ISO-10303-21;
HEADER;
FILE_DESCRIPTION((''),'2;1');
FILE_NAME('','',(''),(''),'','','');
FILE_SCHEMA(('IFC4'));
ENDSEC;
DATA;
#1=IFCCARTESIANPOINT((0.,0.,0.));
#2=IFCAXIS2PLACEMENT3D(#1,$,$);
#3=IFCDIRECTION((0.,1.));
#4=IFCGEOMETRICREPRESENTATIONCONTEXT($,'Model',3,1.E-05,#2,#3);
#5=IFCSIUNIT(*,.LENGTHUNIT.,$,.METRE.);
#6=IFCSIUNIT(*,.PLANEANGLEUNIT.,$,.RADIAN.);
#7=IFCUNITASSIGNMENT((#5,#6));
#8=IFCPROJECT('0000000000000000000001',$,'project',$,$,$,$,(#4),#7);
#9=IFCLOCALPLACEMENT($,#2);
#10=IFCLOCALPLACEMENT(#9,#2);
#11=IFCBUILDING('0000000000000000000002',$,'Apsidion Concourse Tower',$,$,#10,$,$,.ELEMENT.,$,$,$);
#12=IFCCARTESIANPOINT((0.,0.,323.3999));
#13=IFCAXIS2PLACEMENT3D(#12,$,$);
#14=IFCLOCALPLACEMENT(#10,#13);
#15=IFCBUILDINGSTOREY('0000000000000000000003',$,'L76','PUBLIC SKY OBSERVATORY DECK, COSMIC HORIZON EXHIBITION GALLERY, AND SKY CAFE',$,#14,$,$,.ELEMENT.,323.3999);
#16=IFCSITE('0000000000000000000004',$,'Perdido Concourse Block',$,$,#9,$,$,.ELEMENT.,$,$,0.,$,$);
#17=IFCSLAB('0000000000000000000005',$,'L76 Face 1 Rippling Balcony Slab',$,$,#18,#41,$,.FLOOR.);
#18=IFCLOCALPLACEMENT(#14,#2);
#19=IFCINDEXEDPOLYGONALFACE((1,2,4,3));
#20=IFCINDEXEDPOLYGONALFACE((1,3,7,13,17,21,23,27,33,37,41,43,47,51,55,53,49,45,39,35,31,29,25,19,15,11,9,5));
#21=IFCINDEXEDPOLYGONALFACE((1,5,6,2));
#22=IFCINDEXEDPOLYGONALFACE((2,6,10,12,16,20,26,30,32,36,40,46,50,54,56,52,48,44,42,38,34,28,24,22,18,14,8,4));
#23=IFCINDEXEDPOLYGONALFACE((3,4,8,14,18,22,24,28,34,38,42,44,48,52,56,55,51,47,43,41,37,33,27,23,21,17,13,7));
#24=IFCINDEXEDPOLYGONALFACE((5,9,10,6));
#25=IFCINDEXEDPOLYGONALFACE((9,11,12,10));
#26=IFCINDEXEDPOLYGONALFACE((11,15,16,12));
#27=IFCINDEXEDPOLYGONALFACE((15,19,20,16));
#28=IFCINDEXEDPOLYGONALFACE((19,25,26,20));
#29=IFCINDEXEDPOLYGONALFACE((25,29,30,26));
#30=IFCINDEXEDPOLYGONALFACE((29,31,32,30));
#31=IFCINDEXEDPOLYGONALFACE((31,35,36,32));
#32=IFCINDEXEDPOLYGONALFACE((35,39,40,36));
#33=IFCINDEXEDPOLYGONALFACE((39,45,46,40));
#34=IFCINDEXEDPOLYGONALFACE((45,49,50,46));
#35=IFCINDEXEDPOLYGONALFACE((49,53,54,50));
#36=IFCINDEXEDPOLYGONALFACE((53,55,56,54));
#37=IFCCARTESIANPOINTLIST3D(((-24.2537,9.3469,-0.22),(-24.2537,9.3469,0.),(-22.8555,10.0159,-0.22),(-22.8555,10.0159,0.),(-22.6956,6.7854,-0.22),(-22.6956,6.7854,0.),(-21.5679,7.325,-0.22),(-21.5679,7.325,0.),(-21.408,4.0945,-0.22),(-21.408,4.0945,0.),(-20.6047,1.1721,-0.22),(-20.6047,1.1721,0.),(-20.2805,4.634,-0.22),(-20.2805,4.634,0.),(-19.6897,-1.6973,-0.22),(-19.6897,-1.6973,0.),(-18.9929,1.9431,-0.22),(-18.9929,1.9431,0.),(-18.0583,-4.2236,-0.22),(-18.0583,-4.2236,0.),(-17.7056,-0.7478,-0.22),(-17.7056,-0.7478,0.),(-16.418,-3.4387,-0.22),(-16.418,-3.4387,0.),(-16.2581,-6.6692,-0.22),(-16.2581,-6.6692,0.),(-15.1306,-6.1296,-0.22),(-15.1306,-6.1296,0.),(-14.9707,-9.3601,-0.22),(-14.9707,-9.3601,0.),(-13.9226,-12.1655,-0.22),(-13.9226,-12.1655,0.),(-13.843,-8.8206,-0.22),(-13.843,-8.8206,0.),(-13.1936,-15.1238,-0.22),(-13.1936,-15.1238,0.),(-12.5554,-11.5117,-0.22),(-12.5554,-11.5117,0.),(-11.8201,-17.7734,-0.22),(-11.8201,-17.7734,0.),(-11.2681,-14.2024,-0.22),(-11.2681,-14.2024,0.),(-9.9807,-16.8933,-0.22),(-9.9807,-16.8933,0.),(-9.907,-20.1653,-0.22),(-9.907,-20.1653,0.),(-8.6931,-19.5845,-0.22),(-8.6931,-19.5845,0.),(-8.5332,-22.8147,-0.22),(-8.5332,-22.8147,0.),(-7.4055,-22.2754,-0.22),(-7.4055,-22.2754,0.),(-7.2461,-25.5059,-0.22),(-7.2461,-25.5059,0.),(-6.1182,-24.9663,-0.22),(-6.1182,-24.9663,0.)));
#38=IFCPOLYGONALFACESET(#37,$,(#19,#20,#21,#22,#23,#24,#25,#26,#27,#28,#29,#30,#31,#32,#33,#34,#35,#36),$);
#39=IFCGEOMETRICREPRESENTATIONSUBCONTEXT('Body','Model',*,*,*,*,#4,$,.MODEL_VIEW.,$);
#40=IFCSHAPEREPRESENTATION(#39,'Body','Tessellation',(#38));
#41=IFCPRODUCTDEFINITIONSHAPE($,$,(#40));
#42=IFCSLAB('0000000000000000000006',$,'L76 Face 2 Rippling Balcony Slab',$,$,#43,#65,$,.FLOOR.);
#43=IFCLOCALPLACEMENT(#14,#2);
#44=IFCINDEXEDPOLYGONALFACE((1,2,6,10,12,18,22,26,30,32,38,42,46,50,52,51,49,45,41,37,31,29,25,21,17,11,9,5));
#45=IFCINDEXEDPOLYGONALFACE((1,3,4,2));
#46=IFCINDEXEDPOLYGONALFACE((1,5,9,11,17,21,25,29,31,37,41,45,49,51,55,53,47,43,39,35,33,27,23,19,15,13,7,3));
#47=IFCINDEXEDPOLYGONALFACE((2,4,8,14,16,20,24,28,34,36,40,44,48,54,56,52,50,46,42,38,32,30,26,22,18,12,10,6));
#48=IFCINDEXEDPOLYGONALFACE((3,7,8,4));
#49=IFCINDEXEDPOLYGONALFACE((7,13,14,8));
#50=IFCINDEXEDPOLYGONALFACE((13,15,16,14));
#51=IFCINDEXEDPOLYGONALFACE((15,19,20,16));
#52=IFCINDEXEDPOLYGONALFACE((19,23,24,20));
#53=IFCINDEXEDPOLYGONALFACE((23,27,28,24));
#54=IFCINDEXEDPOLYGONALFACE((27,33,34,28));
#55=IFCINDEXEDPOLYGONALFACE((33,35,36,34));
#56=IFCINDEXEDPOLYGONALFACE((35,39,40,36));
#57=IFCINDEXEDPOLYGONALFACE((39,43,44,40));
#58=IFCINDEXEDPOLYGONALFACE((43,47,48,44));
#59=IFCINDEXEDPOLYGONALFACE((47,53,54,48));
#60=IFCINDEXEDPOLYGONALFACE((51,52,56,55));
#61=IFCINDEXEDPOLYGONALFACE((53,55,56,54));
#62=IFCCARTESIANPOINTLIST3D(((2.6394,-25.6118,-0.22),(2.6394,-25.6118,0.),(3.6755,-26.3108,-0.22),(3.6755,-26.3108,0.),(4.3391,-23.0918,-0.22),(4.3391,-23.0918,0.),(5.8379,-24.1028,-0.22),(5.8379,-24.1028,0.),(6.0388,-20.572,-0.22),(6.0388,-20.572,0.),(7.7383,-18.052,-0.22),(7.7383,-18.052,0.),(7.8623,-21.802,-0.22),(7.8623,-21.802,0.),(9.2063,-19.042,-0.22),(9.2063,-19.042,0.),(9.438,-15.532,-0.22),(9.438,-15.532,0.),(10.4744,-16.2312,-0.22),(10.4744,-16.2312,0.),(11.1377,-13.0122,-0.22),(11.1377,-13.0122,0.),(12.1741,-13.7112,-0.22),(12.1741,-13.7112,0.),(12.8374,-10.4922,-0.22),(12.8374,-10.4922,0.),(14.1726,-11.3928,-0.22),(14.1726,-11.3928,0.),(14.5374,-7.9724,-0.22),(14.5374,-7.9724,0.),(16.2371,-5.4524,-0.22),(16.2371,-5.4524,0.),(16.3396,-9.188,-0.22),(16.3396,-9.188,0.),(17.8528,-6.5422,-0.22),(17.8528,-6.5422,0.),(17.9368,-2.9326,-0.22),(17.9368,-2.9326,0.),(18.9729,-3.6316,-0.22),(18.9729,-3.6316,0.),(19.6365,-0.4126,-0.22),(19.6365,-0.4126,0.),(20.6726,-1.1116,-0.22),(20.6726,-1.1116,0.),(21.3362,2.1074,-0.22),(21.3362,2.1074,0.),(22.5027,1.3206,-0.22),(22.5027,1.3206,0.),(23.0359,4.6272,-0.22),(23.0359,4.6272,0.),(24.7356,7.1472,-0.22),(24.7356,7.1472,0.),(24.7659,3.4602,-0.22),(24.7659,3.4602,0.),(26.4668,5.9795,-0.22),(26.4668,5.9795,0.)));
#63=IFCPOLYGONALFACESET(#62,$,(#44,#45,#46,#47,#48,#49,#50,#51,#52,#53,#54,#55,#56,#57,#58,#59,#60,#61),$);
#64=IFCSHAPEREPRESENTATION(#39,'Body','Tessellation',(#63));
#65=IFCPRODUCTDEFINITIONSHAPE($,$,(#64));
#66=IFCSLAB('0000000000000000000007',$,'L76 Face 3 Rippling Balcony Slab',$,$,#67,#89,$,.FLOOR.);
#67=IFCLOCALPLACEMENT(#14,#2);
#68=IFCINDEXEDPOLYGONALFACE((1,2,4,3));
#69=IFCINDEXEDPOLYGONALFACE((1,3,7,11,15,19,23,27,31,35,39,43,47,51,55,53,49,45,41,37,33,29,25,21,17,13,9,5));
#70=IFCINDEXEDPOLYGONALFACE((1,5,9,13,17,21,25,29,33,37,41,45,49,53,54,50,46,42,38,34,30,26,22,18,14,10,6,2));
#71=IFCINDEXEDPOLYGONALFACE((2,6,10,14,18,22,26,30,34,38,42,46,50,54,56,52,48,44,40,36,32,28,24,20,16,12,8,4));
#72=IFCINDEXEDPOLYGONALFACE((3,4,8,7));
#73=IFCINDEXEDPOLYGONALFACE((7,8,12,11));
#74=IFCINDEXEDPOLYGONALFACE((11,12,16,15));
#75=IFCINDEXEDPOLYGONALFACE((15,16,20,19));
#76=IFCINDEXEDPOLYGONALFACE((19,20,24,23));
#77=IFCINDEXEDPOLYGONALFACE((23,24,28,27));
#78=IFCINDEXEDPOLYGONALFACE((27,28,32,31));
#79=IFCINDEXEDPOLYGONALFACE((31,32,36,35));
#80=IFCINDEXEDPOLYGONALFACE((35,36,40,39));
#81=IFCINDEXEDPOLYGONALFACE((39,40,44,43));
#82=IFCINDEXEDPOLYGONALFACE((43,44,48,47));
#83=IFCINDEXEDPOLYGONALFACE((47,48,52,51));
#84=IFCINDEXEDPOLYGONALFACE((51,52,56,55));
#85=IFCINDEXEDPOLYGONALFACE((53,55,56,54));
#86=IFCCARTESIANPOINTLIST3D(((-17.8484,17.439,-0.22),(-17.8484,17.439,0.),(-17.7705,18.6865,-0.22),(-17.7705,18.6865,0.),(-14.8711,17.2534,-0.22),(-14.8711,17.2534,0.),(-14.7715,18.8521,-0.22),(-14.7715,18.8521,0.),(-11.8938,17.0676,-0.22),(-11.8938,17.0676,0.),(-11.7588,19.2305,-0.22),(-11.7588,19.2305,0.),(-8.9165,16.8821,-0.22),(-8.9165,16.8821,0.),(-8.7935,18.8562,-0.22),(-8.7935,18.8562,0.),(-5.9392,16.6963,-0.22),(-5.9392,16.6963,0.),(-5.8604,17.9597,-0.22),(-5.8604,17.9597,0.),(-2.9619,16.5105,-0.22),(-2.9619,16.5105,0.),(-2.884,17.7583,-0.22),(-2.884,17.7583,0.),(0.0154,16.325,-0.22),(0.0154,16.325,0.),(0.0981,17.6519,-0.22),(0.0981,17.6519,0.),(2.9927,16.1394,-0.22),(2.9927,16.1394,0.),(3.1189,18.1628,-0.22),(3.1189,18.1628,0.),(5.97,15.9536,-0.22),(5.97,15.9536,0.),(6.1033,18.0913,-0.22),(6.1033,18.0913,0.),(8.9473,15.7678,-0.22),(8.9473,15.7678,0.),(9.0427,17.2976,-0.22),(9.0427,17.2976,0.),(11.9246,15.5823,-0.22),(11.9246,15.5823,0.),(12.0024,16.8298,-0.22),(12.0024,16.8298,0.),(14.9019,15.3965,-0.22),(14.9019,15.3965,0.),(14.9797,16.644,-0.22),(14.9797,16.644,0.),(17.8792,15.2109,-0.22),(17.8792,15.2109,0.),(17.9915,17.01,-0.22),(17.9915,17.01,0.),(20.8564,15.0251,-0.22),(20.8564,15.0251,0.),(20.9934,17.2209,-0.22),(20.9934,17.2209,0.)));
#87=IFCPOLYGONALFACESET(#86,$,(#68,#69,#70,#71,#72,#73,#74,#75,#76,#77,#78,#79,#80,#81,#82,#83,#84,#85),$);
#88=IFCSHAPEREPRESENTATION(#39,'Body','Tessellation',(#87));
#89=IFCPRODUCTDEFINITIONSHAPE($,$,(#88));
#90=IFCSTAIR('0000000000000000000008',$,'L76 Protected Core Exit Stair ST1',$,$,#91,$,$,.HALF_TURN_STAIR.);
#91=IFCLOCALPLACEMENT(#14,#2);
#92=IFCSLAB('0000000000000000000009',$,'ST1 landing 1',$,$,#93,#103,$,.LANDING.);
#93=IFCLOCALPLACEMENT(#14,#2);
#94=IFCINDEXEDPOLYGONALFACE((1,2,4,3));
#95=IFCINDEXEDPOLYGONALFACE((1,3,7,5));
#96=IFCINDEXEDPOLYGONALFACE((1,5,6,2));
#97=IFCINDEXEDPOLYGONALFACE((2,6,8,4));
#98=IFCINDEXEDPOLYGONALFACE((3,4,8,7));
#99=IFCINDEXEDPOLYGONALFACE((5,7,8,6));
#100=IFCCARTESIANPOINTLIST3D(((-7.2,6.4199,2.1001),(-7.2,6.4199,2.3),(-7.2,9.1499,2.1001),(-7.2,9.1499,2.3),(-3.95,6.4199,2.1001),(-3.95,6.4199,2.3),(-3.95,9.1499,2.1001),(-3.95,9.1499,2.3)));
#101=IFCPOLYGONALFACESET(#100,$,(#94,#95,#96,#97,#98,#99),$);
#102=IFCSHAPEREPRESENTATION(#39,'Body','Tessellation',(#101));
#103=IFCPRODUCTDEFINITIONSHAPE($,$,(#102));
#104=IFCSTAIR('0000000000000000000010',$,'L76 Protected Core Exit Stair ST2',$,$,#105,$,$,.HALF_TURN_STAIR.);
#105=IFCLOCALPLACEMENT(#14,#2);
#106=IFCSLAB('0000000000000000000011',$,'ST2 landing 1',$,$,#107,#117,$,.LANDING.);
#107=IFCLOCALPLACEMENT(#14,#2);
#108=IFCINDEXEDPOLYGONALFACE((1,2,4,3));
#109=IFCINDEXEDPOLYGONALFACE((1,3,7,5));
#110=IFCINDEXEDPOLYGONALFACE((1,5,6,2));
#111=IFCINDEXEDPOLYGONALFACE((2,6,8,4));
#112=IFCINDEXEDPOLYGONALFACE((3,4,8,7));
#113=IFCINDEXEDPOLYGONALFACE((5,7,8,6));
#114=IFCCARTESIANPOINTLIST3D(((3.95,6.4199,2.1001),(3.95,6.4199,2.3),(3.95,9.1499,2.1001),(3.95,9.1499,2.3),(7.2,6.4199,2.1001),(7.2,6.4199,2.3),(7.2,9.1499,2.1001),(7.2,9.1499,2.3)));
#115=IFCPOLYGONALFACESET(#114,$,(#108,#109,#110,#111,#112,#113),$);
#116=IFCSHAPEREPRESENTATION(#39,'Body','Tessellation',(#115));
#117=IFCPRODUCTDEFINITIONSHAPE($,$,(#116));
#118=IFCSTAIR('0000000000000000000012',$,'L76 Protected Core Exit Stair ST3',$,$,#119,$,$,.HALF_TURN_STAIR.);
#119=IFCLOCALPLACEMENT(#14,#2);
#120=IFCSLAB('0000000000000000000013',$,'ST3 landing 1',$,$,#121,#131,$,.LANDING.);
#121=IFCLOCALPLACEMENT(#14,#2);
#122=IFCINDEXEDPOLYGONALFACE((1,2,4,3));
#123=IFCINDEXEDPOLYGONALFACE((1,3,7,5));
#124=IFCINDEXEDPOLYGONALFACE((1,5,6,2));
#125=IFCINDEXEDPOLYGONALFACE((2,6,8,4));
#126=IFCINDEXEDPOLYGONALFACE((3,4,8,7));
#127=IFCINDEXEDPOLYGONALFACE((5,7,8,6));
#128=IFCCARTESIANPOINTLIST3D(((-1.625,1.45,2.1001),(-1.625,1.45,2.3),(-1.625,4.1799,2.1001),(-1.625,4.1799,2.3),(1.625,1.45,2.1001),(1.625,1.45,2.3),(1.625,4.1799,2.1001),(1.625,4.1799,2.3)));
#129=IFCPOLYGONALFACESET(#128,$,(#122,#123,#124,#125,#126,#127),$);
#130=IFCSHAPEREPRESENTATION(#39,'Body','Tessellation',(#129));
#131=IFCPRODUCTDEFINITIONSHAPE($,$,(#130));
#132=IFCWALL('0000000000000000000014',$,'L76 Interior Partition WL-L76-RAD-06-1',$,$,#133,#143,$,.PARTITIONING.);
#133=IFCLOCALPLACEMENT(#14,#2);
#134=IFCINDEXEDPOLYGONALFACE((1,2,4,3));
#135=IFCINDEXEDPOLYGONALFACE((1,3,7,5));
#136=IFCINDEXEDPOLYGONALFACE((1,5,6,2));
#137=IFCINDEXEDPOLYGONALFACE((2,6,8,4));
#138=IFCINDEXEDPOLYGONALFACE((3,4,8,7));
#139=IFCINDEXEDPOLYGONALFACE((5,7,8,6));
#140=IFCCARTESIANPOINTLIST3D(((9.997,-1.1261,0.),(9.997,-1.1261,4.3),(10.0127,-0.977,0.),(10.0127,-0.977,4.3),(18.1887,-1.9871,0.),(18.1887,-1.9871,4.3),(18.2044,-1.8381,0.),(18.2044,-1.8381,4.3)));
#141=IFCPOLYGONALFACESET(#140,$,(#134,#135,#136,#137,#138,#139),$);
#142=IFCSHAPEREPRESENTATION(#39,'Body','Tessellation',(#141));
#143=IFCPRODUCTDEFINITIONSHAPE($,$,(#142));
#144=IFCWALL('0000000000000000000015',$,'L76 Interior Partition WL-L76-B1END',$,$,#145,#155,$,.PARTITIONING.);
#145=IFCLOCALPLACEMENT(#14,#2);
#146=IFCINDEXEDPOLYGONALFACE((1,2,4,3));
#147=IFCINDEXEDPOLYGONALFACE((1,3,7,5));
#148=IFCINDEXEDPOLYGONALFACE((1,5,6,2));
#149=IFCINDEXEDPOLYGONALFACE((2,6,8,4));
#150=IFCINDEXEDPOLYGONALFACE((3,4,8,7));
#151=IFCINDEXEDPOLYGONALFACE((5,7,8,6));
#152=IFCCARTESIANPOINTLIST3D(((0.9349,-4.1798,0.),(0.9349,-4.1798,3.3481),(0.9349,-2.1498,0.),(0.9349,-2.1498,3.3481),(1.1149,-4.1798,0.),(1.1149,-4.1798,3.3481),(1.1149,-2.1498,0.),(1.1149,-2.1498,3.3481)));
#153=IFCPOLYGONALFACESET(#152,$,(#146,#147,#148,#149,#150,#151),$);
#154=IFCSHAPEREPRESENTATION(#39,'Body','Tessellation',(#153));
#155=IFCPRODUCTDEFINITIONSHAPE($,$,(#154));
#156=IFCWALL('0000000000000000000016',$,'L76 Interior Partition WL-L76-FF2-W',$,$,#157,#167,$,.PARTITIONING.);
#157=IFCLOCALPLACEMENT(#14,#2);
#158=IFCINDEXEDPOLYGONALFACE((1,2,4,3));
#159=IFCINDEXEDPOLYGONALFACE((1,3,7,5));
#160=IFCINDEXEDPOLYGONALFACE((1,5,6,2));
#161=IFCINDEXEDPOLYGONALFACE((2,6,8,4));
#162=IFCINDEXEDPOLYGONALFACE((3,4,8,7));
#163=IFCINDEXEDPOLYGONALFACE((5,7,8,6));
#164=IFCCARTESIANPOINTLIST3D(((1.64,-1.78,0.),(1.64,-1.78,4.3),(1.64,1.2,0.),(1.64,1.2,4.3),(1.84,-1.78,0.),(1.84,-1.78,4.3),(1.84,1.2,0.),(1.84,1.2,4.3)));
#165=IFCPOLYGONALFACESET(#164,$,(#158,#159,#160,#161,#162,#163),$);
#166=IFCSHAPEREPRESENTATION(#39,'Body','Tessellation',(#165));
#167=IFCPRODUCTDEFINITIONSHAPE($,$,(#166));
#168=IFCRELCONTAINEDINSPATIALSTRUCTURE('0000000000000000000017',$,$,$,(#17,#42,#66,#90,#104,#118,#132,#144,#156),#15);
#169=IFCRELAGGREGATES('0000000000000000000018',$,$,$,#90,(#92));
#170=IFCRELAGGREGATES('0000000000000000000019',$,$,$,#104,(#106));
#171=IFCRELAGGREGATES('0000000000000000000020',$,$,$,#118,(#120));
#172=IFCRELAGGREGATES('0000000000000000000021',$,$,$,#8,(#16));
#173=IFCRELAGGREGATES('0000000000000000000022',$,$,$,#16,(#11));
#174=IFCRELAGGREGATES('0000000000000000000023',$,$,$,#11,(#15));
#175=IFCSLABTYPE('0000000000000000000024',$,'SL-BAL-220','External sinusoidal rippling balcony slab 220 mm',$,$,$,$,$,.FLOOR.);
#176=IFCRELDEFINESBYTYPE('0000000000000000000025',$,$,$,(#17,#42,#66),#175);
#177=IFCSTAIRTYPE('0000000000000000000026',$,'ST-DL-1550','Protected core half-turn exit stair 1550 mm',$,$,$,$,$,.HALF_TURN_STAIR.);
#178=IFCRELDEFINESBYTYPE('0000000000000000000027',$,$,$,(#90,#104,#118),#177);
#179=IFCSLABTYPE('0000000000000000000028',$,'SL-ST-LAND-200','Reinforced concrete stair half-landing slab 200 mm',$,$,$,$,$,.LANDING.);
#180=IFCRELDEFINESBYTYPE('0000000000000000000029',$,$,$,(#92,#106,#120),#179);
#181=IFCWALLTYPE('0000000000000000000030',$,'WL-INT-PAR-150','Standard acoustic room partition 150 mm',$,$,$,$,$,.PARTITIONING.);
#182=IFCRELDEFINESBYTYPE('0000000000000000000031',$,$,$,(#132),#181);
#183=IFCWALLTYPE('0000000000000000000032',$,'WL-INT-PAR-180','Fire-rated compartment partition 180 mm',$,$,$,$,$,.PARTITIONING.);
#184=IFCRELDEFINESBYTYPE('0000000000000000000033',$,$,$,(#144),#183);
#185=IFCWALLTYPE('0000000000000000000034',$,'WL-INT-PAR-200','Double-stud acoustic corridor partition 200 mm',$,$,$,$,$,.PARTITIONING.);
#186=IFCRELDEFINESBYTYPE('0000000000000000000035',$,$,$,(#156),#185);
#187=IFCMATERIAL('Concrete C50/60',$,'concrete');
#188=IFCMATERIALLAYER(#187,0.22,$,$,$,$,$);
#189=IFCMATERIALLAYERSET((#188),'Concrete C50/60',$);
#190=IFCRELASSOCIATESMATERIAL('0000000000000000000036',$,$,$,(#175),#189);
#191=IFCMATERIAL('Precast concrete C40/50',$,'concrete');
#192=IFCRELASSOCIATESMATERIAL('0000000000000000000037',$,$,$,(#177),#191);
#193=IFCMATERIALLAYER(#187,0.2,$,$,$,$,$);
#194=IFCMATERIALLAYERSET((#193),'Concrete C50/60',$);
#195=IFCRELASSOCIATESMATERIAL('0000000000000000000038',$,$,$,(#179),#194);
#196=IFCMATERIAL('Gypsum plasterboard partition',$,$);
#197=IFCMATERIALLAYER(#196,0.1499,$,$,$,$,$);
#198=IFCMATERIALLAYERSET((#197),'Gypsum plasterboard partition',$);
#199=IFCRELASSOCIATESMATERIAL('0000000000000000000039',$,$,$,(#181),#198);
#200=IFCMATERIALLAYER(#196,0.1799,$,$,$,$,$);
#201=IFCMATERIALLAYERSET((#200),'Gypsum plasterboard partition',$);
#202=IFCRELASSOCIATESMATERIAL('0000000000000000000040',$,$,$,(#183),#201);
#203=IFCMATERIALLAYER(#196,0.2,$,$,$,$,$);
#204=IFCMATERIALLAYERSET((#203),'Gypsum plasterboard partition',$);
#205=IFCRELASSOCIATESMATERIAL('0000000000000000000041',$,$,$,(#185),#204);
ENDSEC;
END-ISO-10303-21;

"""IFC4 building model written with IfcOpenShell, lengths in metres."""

from ifc_helpers import new_model, si_unit, direction, frame, frame_2d, origin, place, context, subcontext, project, spatial, polyline, rectangle, outline, extrude, material, layer, layer_set, type_object, element, aggregate, save


model = new_model("IFC4")

# Units and contexts
model_context = context("Model", 3, precision=1e-05, world=origin(), true_north=direction((0.0, 1.0)))
body_context = subcontext(model_context, "Body", "Model", "MODEL_VIEW")
ifc_project = project(units=[si_unit("LENGTHUNIT", "METRE"), si_unit("PLANEANGLEUNIT", "RADIAN")], contexts=[model_context])

# Site, building, storey
site_placement = place(None, origin())
site = spatial("IfcSite", under=ifc_project, at=site_placement, Name="Perdido Concourse Block", CompositionType="ELEMENT", RefElevation=0.0)
building_placement = place(site_placement, origin())
building = spatial("IfcBuilding", under=site, at=building_placement, Name="Apsidion Concourse Tower", CompositionType="ELEMENT")
storey_placement = place(building_placement, frame((0.0, 0.0, 323.3999)))
storey = spatial("IfcBuildingStorey", under=building, at=storey_placement, Name="L76", Description="PUBLIC SKY OBSERVATORY DECK, COSMIC HORIZON EXHIBITION GALLERY, AND SKY CAFE", CompositionType="ELEMENT", Elevation=323.3999)

# Shared definitions
ifc_material_1 = material(Name="Concrete C50/60", Category="concrete")

# Slabs
ifc_layer_1 = layer(ifc_material_1, 0.22)
ifc_layer_set_1 = layer_set([ifc_layer_1], Name="Concrete C50/60")
slab_type_1 = type_object("IfcSlabType", Name="SL-BAL-220", Description="External sinusoidal rippling balcony slab 220 mm", PredefinedType="FLOOR", material=ifc_layer_set_1)
slab_1_placement = place(storey_placement, frame((0.0, 0.0, -0.22)))
element("IfcSlab", 1, at=slab_1_placement, inside=storey, type_object=slab_type_1, Name="L76 Face 1 Rippling Balcony Slab", PredefinedType="FLOOR", context=body_context, shape_type="SweptSolid", body=[
    extrude(outline(polyline([(-22.8555, 10.0159), (-21.5679, 7.325), (-20.2805, 4.634), (-18.9929, 1.9431), (-17.7056, -0.7478), (-16.418, -3.4387), (-15.1306, -6.1296), (-13.843, -8.8206), (-12.5554, -11.5117), (-11.2681, -14.2024), (-9.9807, -16.8933), (-8.6931, -19.5845), (-7.4055, -22.2754), (-6.1182, -24.9663), (-7.2461, -25.5059), (-8.5332, -22.8147), (-9.907, -20.1653), (-11.8201, -17.7734), (-13.1936, -15.1238), (-13.9226, -12.1655), (-14.9707, -9.3601), (-16.2581, -6.6692), (-18.0583, -4.2236), (-19.6897, -1.6973), (-20.6047, 1.1721), (-21.408, 4.0945), (-22.6956, 6.7854), (-24.2537, 9.3469), (-22.8555, 10.0159)])), origin(), (0.0, 0.0, 1.0), 0.22),
])
slab_2_placement = place(storey_placement, frame((0.0, 0.0, -0.22)))
element("IfcSlab", 2, at=slab_2_placement, inside=storey, type_object=slab_type_1, Name="L76 Face 2 Rippling Balcony Slab", PredefinedType="FLOOR", context=body_context, shape_type="SweptSolid", body=[
    extrude(outline(polyline([(2.6394, -25.6118), (4.3391, -23.0918), (6.0388, -20.572), (7.7383, -18.052), (9.438, -15.532), (11.1377, -13.0122), (12.8374, -10.4922), (14.5374, -7.9724), (16.2371, -5.4524), (17.9368, -2.9326), (19.6365, -0.4126), (21.3362, 2.1074), (23.0359, 4.6272), (24.7356, 7.1472), (26.4668, 5.9795), (24.7659, 3.4602), (22.5027, 1.3206), (20.6726, -1.1116), (18.9729, -3.6316), (17.8528, -6.5422), (16.3396, -9.188), (14.1726, -11.3928), (12.1741, -13.7112), (10.4744, -16.2312), (9.2063, -19.042), (7.8623, -21.802), (5.8379, -24.1028), (3.6755, -26.3108), (2.6394, -25.6118)])), origin(), (0.0, 0.0, 1.0), 0.22),
])
slab_3_placement = place(storey_placement, frame((0.0, 0.0, -0.22)))
element("IfcSlab", 3, at=slab_3_placement, inside=storey, type_object=slab_type_1, Name="L76 Face 3 Rippling Balcony Slab", PredefinedType="FLOOR", context=body_context, shape_type="SweptSolid", body=[
    extrude(outline(polyline([(20.8564, 15.0251), (17.8792, 15.2109), (14.9019, 15.3965), (11.9246, 15.5823), (8.9473, 15.7678), (5.97, 15.9536), (2.9927, 16.1394), (0.0154, 16.325), (-2.9619, 16.5105), (-5.9392, 16.6963), (-8.9165, 16.8821), (-11.8938, 17.0676), (-14.8711, 17.2534), (-17.8484, 17.439), (-17.7705, 18.6865), (-14.7715, 18.8521), (-11.7588, 19.2305), (-8.7935, 18.8562), (-5.8604, 17.9597), (-2.884, 17.7583), (0.0981, 17.6519), (3.1189, 18.1628), (6.1033, 18.0913), (9.0427, 17.2976), (12.0024, 16.8298), (14.9797, 16.644), (17.9915, 17.01), (20.9934, 17.2209), (20.8564, 15.0251)])), origin(), (0.0, 0.0, 1.0), 0.22),
])

# Stairs, slabs
ifc_material_2 = material(Name="Precast concrete C40/50", Category="concrete")
stair_type = type_object("IfcStairType", Name="ST-DL-1550", Description="Protected core half-turn exit stair 1550 mm", PredefinedType="HALF_TURN_STAIR", material=ifc_material_2)
stair_1_placement = place(storey_placement, origin())
stair_1 = element("IfcStair", 4, at=stair_1_placement, inside=storey, type_object=stair_type, Name="L76 Protected Core Exit Stair ST1", PredefinedType="HALF_TURN_STAIR")
ifc_layer_2 = layer(ifc_material_1, 0.2)
ifc_layer_set_2 = layer_set([ifc_layer_2], Name="Concrete C50/60")
slab_type_2 = type_object("IfcSlabType", Name="SL-ST-LAND-200", Description="Reinforced concrete stair half-landing slab 200 mm", PredefinedType="LANDING", material=ifc_layer_set_2)
slab_4_placement = place(storey_placement, frame((0.0, 0.0, 2.1001)))
slab_4 = element("IfcSlab", 5, at=slab_4_placement, type_object=slab_type_2, Name="ST1 landing 1", PredefinedType="LANDING", context=body_context, shape_type="SweptSolid", body=[
    extrude(outline(polyline([(-3.95, 6.4199), (-3.95, 9.1499), (-7.2, 9.1499), (-7.2, 6.4199), (-3.95, 6.4199)])), origin(), (0.0, 0.0, 1.0), 0.2),
])
aggregate(stair_1, [slab_4])
stair_2_placement = place(storey_placement, origin())
stair_2 = element("IfcStair", 6, at=stair_2_placement, inside=storey, type_object=stair_type, Name="L76 Protected Core Exit Stair ST2", PredefinedType="HALF_TURN_STAIR")
slab_5_placement = place(storey_placement, frame((0.0, 0.0, 2.1001)))
slab_5 = element("IfcSlab", 7, at=slab_5_placement, type_object=slab_type_2, Name="ST2 landing 1", PredefinedType="LANDING", context=body_context, shape_type="SweptSolid", body=[
    extrude(outline(polyline([(7.2, 6.4199), (7.2, 9.1499), (3.95, 9.1499), (3.95, 6.4199), (7.2, 6.4199)])), origin(), (0.0, 0.0, 1.0), 0.2),
])
aggregate(stair_2, [slab_5])
stair_3_placement = place(storey_placement, origin())
stair_3 = element("IfcStair", 8, at=stair_3_placement, inside=storey, type_object=stair_type, Name="L76 Protected Core Exit Stair ST3", PredefinedType="HALF_TURN_STAIR")
slab_6_placement = place(storey_placement, frame((0.0, 0.0, 2.1001)))
slab_6 = element("IfcSlab", 9, at=slab_6_placement, type_object=slab_type_2, Name="ST3 landing 1", PredefinedType="LANDING", context=body_context, shape_type="SweptSolid", body=[
    extrude(outline(polyline([(-1.625, 4.1799), (-1.625, 1.45), (1.625, 1.45), (1.625, 4.1799), (-1.625, 4.1799)])), origin(), (0.0, 0.0, 1.0), 0.2),
])
aggregate(stair_3, [slab_6])

# Walls
ifc_material_3 = material(Name="Gypsum plasterboard partition")
ifc_layer_3 = layer(ifc_material_3, 0.1499)
ifc_layer_set_3 = layer_set([ifc_layer_3], Name="Gypsum plasterboard partition")
wall_type_1 = type_object("IfcWallType", Name="WL-INT-PAR-150", Description="Standard acoustic room partition 150 mm", PredefinedType="PARTITIONING", material=ifc_layer_set_3)
wall_1_placement = place(storey_placement, frame((10.0049, -1.0515, 0.0), z_axis=(0.0, 0.0, 1.0), x_axis=(0.994521, -0.104541, 0.0)))
element("IfcWall", 10, at=wall_1_placement, inside=storey, type_object=wall_type_1, Name="L76 Interior Partition WL-L76-RAD-06-1", PredefinedType="PARTITIONING", context=body_context, shape_type="SweptSolid", body=[
    extrude(rectangle(XDim=8.2368, YDim=0.1499, at=frame_2d((4.1184, 0.0))), origin(), (0.0, 0.0, 1.0), 4.3),
])
ifc_layer_4 = layer(ifc_material_3, 0.1799)
ifc_layer_set_4 = layer_set([ifc_layer_4], Name="Gypsum plasterboard partition")
wall_type_2 = type_object("IfcWallType", Name="WL-INT-PAR-180", Description="Fire-rated compartment partition 180 mm", PredefinedType="PARTITIONING", material=ifc_layer_set_4)
wall_2_placement = place(storey_placement, frame((1.0249, -4.1799, 0.0), z_axis=(0.0, 0.0, 1.0), x_axis=(0.0, 1.0, 0.0)))
element("IfcWall", 11, at=wall_2_placement, inside=storey, type_object=wall_type_2, Name="L76 Interior Partition WL-L76-B1END", PredefinedType="PARTITIONING", context=body_context, shape_type="SweptSolid", body=[
    extrude(rectangle(XDim=2.03, YDim=0.1799, at=frame_2d((1.0151, 0.0))), origin(), (0.0, 0.0, 1.0), 3.3481),
])
ifc_layer_5 = layer(ifc_material_3, 0.2)
ifc_layer_set_5 = layer_set([ifc_layer_5], Name="Gypsum plasterboard partition")
wall_type_3 = type_object("IfcWallType", Name="WL-INT-PAR-200", Description="Double-stud acoustic corridor partition 200 mm", PredefinedType="PARTITIONING", material=ifc_layer_set_5)
wall_3_placement = place(storey_placement, frame((1.74, -1.78, 0.0), z_axis=(0.0, 0.0, 1.0), x_axis=(0.0, 1.0, 0.0)))
element("IfcWall", 12, at=wall_3_placement, inside=storey, type_object=wall_type_3, Name="L76 Interior Partition WL-L76-FF2-W", PredefinedType="PARTITIONING", context=body_context, shape_type="SweptSolid", body=[
    extrude(rectangle(XDim=2.98, YDim=0.2, at=frame_2d((1.49, 0.0))), origin(), (0.0, 0.0, 1.0), 4.3),
])

save(model, "model.ifc")
